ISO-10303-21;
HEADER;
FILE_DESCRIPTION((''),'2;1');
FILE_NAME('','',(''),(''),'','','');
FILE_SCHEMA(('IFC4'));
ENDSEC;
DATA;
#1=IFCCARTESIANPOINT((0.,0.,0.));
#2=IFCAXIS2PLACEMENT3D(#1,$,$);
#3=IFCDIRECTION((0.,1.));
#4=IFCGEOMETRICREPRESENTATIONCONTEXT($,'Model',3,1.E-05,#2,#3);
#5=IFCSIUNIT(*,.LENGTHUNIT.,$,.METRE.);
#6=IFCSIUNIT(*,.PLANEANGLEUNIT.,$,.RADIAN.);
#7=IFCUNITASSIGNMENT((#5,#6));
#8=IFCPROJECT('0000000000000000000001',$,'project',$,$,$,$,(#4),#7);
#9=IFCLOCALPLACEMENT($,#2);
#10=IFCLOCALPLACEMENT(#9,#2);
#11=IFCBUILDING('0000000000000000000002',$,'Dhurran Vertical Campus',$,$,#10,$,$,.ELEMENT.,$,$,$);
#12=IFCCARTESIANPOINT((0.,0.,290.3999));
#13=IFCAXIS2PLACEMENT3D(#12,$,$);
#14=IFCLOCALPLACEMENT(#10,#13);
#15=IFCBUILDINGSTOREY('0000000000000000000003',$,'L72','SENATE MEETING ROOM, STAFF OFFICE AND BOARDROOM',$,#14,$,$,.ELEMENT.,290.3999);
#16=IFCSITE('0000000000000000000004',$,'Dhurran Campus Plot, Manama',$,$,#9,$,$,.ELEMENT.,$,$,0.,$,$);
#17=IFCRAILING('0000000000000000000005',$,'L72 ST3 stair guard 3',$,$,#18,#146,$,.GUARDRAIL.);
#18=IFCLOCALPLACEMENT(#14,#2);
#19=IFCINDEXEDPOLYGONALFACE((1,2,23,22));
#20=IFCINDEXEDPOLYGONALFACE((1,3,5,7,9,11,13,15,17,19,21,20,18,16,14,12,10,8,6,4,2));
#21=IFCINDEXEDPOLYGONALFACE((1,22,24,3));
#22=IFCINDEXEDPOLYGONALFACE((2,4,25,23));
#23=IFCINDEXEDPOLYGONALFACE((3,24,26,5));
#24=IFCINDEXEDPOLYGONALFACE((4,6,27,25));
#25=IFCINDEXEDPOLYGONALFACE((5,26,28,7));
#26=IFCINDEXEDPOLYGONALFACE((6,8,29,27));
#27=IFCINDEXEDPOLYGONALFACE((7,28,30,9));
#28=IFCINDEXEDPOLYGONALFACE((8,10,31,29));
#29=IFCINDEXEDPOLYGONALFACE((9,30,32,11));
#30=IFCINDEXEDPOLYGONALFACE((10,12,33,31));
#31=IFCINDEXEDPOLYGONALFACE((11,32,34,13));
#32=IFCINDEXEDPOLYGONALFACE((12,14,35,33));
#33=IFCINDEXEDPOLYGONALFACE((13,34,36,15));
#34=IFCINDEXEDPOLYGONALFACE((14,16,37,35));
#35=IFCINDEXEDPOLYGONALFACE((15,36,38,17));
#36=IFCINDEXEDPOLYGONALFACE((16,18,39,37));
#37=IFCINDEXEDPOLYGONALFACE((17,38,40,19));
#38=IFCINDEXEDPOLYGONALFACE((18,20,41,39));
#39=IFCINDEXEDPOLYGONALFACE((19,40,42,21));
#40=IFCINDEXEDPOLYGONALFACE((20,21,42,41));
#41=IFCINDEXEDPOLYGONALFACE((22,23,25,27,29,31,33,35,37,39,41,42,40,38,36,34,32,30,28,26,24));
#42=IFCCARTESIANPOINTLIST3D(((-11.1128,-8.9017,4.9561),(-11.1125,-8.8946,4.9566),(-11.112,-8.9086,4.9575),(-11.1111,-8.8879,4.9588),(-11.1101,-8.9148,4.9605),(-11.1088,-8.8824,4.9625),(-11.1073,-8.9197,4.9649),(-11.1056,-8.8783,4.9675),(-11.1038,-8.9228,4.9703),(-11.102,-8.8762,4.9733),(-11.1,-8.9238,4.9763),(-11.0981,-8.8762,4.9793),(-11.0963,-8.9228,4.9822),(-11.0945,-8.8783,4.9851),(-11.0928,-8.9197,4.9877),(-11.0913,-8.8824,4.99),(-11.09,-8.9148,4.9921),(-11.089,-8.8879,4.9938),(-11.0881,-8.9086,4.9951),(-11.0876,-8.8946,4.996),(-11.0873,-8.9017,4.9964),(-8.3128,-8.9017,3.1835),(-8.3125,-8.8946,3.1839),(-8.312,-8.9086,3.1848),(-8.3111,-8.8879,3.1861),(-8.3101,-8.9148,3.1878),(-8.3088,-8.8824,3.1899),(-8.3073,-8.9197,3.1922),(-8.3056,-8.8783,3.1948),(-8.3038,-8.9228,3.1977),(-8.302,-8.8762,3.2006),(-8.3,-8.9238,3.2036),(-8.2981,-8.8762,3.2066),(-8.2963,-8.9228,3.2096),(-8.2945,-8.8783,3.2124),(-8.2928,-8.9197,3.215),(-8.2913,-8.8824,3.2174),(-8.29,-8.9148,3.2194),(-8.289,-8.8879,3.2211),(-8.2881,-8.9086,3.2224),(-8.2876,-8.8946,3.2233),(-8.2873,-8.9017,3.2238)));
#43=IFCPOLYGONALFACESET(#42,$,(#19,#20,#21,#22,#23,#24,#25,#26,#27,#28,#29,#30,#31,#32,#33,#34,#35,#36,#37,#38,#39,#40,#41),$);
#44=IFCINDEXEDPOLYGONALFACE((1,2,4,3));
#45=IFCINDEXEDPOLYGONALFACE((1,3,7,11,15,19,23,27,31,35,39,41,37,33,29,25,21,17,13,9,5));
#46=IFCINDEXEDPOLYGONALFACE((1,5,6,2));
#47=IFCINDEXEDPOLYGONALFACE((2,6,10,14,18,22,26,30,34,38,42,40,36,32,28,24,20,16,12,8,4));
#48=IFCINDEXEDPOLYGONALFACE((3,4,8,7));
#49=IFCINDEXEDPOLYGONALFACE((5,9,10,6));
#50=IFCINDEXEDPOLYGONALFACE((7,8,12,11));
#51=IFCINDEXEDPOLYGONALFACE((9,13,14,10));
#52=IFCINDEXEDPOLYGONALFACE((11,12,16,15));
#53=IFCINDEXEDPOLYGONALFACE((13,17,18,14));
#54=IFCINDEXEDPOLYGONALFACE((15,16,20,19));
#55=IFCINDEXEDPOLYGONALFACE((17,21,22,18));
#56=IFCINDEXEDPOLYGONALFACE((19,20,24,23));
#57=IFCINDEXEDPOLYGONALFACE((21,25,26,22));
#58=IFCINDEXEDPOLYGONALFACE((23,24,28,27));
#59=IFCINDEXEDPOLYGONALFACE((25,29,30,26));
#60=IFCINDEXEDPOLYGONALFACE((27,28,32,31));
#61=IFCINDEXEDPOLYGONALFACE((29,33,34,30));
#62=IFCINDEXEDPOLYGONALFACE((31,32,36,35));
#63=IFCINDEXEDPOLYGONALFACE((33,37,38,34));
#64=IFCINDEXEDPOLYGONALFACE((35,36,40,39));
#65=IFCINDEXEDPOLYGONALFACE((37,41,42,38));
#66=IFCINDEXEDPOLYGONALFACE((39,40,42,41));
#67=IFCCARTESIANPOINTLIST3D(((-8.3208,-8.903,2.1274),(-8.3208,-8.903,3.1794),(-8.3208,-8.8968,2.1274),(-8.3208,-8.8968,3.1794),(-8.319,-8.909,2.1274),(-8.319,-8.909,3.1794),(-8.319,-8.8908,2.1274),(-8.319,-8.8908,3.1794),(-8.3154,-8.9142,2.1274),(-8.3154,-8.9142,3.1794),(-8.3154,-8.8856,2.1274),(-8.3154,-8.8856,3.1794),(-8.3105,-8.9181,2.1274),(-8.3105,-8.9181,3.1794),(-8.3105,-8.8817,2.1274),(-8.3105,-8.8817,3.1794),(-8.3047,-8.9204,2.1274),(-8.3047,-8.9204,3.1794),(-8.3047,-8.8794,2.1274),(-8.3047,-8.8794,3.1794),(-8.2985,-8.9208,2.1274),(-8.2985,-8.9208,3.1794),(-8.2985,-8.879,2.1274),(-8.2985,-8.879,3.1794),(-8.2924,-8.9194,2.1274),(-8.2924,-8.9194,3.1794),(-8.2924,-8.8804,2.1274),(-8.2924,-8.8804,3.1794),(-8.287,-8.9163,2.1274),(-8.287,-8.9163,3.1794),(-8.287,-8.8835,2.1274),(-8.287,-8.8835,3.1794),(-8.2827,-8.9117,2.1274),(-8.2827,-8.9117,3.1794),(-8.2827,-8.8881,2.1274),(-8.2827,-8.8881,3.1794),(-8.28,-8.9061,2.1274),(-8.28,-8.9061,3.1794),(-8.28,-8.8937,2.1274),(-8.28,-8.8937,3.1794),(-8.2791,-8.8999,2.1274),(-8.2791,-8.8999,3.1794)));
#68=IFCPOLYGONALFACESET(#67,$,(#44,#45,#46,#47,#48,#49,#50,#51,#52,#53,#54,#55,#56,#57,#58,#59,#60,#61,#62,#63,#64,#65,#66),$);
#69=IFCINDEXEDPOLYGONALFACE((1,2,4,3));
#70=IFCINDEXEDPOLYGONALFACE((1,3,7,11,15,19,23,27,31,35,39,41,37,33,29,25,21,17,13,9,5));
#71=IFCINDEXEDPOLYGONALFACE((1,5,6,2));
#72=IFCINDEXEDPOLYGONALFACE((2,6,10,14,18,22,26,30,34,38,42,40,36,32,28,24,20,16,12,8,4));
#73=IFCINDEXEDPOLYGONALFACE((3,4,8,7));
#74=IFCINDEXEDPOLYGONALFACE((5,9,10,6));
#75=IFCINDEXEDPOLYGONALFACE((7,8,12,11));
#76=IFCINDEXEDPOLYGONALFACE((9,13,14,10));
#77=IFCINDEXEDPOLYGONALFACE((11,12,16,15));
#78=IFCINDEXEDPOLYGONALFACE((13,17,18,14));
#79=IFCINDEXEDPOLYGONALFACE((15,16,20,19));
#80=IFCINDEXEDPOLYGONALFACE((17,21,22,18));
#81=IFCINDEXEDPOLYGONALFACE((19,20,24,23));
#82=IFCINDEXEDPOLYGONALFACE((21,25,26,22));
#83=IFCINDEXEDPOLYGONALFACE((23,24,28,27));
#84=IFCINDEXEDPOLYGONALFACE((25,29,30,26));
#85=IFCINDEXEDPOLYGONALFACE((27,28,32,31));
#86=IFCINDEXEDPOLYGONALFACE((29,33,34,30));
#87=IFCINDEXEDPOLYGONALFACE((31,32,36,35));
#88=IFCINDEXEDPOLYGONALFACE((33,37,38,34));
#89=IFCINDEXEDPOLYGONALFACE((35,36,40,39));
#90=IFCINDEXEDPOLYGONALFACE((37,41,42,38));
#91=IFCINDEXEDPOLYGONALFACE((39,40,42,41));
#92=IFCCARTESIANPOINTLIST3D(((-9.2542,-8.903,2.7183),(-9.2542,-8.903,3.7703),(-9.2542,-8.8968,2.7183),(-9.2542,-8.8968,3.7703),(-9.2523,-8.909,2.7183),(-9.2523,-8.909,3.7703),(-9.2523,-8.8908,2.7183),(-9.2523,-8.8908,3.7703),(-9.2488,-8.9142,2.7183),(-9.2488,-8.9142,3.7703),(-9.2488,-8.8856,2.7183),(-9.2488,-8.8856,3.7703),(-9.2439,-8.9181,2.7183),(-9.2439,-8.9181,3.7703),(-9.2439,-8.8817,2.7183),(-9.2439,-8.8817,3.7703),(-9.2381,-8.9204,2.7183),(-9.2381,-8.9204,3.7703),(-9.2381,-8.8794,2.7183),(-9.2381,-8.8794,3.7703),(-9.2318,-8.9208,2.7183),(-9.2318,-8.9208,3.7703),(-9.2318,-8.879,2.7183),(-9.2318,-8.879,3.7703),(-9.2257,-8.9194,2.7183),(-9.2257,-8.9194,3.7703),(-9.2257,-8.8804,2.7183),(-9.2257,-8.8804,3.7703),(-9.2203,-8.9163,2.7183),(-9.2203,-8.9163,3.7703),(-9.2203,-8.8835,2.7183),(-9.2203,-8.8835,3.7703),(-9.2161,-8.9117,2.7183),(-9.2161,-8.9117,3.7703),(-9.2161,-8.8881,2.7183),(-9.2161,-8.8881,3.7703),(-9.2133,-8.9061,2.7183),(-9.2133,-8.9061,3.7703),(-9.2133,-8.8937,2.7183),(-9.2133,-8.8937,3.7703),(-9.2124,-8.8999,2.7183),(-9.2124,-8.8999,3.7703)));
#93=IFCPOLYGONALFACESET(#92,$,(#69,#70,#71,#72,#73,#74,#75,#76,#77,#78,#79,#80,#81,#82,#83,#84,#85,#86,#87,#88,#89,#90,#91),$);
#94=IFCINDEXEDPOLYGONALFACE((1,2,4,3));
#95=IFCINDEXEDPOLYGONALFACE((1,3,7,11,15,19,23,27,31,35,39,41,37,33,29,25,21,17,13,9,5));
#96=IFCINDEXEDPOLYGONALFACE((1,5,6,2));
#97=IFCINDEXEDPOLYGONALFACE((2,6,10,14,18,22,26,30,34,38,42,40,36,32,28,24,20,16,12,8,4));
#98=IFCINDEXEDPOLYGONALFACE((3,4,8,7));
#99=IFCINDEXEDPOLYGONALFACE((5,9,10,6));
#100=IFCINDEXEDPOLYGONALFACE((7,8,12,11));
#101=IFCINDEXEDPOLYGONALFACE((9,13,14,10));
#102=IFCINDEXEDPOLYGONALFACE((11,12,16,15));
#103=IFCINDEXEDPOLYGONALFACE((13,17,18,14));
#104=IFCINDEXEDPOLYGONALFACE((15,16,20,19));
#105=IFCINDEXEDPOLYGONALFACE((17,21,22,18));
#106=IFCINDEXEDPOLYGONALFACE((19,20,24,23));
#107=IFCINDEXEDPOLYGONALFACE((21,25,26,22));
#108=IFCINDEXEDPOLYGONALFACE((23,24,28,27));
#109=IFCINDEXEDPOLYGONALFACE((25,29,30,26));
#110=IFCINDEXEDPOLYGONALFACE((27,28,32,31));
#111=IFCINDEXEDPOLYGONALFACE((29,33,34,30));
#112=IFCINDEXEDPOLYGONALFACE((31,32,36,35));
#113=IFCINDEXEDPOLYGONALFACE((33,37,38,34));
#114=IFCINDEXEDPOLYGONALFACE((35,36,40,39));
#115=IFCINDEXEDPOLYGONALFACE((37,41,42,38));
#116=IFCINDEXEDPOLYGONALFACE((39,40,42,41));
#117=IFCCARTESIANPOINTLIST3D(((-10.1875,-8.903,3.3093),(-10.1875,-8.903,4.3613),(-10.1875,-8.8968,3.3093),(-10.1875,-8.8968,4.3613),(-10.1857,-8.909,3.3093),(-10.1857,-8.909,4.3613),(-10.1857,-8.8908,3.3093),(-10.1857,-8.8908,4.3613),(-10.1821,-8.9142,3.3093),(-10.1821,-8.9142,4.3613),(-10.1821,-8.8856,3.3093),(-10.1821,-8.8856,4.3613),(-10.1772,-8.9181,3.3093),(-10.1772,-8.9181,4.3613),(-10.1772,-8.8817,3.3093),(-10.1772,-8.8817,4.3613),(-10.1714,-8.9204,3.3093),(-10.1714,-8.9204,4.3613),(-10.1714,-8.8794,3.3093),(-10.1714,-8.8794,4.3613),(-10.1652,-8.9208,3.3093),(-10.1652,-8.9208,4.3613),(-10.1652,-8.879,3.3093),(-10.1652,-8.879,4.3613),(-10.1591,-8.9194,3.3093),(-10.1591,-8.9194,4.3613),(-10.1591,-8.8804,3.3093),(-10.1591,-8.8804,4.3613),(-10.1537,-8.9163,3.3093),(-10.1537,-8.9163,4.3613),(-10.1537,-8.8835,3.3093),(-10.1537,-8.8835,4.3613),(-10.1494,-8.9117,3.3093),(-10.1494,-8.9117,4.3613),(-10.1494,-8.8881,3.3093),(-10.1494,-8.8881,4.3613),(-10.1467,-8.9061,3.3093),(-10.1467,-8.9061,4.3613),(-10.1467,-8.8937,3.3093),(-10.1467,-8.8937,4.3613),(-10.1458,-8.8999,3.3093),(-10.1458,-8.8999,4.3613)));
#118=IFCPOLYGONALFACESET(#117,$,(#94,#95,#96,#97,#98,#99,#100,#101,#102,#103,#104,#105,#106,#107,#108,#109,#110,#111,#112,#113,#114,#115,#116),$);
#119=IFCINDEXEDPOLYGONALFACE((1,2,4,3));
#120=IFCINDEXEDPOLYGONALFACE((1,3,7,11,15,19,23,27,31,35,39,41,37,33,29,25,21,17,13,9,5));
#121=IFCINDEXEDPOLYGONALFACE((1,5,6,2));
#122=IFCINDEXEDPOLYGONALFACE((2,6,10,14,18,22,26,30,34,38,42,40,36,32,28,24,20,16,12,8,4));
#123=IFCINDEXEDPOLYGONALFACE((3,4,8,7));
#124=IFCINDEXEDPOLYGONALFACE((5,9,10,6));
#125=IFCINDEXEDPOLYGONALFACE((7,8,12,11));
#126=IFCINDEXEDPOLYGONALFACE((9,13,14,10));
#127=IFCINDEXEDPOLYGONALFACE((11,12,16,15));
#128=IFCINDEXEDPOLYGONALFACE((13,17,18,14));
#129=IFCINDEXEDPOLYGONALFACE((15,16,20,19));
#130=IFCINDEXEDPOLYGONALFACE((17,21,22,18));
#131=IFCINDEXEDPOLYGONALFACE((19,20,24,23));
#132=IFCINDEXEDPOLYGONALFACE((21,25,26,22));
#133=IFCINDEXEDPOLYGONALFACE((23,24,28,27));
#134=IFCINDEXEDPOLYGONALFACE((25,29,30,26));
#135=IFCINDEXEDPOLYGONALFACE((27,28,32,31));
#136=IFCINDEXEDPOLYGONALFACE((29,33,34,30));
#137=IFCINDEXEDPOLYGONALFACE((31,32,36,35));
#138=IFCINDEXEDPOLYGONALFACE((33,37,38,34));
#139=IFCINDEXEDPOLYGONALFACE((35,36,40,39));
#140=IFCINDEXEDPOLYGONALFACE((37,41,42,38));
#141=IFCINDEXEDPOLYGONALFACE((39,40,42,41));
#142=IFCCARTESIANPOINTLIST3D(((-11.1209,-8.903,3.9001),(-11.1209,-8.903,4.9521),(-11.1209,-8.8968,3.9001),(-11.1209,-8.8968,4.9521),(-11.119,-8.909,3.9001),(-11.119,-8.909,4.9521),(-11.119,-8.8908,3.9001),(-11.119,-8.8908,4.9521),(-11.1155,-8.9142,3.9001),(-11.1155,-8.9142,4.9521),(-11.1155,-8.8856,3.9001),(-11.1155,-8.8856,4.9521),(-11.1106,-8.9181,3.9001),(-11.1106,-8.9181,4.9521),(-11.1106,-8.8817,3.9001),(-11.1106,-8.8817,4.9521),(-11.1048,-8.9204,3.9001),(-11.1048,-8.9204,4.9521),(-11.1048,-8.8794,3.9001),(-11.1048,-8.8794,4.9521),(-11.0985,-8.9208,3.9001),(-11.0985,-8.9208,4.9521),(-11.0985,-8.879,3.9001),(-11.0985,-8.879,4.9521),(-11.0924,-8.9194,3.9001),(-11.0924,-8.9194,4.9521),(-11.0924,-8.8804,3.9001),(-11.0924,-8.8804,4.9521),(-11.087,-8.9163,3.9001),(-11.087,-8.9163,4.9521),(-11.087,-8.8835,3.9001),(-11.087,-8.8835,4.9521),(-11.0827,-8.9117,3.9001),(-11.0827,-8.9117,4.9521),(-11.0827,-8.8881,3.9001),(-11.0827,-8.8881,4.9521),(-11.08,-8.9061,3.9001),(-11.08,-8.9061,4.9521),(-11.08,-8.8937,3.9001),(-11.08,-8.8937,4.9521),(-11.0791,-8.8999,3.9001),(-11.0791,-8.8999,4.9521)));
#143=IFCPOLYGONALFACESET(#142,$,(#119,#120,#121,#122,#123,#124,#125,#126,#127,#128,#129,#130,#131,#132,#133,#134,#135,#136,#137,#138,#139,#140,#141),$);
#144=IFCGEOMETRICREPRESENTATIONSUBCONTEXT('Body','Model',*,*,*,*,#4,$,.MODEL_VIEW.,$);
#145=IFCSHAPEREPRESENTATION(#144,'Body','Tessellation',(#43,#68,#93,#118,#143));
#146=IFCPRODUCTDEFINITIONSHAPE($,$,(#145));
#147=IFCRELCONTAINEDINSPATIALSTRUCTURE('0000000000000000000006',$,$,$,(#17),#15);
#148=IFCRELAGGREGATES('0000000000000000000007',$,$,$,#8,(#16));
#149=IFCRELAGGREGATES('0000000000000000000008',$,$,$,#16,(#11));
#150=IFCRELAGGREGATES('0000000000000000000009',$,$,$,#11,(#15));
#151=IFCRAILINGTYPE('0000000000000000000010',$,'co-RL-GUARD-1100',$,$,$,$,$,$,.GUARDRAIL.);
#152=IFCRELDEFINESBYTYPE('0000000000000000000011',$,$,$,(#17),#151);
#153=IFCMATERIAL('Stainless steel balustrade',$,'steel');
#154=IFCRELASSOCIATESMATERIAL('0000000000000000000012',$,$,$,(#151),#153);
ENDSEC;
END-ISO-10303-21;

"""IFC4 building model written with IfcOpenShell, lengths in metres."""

from ifc_helpers import new_model, si_unit, direction, frame, origin, origin_2d, place, context, subcontext, project, spatial, circle, extrude, material, type_object, element, save


model = new_model("IFC4")

# Units and contexts
model_context = context("Model", 3, precision=1e-05, world=origin(), true_north=direction((0.0, 1.0)))
body_context = subcontext(model_context, "Body", "Model", "MODEL_VIEW")
ifc_project = project(units=[si_unit("LENGTHUNIT", "METRE"), si_unit("PLANEANGLEUNIT", "RADIAN")], contexts=[model_context])

# Site, building, storey
site_placement = place(None, origin())
site = spatial("IfcSite", under=ifc_project, at=site_placement, Name="Dhurran Campus Plot, Manama", CompositionType="ELEMENT", RefElevation=0.0)
building_placement = place(site_placement, origin())
building = spatial("IfcBuilding", under=site, at=building_placement, Name="Dhurran Vertical Campus", CompositionType="ELEMENT")
storey_placement = place(building_placement, frame((0.0, 0.0, 290.3999)))
storey = spatial("IfcBuildingStorey", under=building, at=storey_placement, Name="L72", Description="SENATE MEETING ROOM, STAFF OFFICE AND BOARDROOM", CompositionType="ELEMENT", Elevation=290.3999)

# Railing
ifc_material_1 = material(Name="Stainless steel balustrade", Category="steel")
railing_type_1 = type_object("IfcRailingType", Name="co-RL-GUARD-1100", PredefinedType="GUARDRAIL", material=ifc_material_1)
railing_1_placement = place(storey_placement, frame((-8.3, -8.8999, 2.1274)))
element("IfcRailing", 1, at=railing_1_placement, inside=storey, type_object=railing_type_1, Name="L72 ST3 stair guard 3", PredefinedType="GUARDRAIL", context=body_context, shape_type="SweptSolid", body=[
    extrude(circle(Radius=0.0239, at=origin_2d()), frame((0.0, 0.0, 1.0762), z_axis=(-0.844909, 0.0, 0.53491), x_axis=(0.0, -1.0, 0.0)), (0.0, 0.0, 1.0), 3.314),
    extrude(circle(Radius=0.021, at=origin_2d()), origin(), (0.0, 0.0, 1.0), 1.052),
    extrude(circle(Radius=0.021, at=origin_2d()), frame((-0.9333, 0.0, 0.5908)), (0.0, 0.0, 1.0), 1.052),
    extrude(circle(Radius=0.021, at=origin_2d()), frame((-1.8667, 0.0, 1.1819)), (0.0, 0.0, 1.0), 1.052),
    extrude(circle(Radius=0.021, at=origin_2d()), frame((-2.8, 0.0, 1.7727)), (0.0, 0.0, 1.0), 1.052),
])

save(model, "model.ifc")
